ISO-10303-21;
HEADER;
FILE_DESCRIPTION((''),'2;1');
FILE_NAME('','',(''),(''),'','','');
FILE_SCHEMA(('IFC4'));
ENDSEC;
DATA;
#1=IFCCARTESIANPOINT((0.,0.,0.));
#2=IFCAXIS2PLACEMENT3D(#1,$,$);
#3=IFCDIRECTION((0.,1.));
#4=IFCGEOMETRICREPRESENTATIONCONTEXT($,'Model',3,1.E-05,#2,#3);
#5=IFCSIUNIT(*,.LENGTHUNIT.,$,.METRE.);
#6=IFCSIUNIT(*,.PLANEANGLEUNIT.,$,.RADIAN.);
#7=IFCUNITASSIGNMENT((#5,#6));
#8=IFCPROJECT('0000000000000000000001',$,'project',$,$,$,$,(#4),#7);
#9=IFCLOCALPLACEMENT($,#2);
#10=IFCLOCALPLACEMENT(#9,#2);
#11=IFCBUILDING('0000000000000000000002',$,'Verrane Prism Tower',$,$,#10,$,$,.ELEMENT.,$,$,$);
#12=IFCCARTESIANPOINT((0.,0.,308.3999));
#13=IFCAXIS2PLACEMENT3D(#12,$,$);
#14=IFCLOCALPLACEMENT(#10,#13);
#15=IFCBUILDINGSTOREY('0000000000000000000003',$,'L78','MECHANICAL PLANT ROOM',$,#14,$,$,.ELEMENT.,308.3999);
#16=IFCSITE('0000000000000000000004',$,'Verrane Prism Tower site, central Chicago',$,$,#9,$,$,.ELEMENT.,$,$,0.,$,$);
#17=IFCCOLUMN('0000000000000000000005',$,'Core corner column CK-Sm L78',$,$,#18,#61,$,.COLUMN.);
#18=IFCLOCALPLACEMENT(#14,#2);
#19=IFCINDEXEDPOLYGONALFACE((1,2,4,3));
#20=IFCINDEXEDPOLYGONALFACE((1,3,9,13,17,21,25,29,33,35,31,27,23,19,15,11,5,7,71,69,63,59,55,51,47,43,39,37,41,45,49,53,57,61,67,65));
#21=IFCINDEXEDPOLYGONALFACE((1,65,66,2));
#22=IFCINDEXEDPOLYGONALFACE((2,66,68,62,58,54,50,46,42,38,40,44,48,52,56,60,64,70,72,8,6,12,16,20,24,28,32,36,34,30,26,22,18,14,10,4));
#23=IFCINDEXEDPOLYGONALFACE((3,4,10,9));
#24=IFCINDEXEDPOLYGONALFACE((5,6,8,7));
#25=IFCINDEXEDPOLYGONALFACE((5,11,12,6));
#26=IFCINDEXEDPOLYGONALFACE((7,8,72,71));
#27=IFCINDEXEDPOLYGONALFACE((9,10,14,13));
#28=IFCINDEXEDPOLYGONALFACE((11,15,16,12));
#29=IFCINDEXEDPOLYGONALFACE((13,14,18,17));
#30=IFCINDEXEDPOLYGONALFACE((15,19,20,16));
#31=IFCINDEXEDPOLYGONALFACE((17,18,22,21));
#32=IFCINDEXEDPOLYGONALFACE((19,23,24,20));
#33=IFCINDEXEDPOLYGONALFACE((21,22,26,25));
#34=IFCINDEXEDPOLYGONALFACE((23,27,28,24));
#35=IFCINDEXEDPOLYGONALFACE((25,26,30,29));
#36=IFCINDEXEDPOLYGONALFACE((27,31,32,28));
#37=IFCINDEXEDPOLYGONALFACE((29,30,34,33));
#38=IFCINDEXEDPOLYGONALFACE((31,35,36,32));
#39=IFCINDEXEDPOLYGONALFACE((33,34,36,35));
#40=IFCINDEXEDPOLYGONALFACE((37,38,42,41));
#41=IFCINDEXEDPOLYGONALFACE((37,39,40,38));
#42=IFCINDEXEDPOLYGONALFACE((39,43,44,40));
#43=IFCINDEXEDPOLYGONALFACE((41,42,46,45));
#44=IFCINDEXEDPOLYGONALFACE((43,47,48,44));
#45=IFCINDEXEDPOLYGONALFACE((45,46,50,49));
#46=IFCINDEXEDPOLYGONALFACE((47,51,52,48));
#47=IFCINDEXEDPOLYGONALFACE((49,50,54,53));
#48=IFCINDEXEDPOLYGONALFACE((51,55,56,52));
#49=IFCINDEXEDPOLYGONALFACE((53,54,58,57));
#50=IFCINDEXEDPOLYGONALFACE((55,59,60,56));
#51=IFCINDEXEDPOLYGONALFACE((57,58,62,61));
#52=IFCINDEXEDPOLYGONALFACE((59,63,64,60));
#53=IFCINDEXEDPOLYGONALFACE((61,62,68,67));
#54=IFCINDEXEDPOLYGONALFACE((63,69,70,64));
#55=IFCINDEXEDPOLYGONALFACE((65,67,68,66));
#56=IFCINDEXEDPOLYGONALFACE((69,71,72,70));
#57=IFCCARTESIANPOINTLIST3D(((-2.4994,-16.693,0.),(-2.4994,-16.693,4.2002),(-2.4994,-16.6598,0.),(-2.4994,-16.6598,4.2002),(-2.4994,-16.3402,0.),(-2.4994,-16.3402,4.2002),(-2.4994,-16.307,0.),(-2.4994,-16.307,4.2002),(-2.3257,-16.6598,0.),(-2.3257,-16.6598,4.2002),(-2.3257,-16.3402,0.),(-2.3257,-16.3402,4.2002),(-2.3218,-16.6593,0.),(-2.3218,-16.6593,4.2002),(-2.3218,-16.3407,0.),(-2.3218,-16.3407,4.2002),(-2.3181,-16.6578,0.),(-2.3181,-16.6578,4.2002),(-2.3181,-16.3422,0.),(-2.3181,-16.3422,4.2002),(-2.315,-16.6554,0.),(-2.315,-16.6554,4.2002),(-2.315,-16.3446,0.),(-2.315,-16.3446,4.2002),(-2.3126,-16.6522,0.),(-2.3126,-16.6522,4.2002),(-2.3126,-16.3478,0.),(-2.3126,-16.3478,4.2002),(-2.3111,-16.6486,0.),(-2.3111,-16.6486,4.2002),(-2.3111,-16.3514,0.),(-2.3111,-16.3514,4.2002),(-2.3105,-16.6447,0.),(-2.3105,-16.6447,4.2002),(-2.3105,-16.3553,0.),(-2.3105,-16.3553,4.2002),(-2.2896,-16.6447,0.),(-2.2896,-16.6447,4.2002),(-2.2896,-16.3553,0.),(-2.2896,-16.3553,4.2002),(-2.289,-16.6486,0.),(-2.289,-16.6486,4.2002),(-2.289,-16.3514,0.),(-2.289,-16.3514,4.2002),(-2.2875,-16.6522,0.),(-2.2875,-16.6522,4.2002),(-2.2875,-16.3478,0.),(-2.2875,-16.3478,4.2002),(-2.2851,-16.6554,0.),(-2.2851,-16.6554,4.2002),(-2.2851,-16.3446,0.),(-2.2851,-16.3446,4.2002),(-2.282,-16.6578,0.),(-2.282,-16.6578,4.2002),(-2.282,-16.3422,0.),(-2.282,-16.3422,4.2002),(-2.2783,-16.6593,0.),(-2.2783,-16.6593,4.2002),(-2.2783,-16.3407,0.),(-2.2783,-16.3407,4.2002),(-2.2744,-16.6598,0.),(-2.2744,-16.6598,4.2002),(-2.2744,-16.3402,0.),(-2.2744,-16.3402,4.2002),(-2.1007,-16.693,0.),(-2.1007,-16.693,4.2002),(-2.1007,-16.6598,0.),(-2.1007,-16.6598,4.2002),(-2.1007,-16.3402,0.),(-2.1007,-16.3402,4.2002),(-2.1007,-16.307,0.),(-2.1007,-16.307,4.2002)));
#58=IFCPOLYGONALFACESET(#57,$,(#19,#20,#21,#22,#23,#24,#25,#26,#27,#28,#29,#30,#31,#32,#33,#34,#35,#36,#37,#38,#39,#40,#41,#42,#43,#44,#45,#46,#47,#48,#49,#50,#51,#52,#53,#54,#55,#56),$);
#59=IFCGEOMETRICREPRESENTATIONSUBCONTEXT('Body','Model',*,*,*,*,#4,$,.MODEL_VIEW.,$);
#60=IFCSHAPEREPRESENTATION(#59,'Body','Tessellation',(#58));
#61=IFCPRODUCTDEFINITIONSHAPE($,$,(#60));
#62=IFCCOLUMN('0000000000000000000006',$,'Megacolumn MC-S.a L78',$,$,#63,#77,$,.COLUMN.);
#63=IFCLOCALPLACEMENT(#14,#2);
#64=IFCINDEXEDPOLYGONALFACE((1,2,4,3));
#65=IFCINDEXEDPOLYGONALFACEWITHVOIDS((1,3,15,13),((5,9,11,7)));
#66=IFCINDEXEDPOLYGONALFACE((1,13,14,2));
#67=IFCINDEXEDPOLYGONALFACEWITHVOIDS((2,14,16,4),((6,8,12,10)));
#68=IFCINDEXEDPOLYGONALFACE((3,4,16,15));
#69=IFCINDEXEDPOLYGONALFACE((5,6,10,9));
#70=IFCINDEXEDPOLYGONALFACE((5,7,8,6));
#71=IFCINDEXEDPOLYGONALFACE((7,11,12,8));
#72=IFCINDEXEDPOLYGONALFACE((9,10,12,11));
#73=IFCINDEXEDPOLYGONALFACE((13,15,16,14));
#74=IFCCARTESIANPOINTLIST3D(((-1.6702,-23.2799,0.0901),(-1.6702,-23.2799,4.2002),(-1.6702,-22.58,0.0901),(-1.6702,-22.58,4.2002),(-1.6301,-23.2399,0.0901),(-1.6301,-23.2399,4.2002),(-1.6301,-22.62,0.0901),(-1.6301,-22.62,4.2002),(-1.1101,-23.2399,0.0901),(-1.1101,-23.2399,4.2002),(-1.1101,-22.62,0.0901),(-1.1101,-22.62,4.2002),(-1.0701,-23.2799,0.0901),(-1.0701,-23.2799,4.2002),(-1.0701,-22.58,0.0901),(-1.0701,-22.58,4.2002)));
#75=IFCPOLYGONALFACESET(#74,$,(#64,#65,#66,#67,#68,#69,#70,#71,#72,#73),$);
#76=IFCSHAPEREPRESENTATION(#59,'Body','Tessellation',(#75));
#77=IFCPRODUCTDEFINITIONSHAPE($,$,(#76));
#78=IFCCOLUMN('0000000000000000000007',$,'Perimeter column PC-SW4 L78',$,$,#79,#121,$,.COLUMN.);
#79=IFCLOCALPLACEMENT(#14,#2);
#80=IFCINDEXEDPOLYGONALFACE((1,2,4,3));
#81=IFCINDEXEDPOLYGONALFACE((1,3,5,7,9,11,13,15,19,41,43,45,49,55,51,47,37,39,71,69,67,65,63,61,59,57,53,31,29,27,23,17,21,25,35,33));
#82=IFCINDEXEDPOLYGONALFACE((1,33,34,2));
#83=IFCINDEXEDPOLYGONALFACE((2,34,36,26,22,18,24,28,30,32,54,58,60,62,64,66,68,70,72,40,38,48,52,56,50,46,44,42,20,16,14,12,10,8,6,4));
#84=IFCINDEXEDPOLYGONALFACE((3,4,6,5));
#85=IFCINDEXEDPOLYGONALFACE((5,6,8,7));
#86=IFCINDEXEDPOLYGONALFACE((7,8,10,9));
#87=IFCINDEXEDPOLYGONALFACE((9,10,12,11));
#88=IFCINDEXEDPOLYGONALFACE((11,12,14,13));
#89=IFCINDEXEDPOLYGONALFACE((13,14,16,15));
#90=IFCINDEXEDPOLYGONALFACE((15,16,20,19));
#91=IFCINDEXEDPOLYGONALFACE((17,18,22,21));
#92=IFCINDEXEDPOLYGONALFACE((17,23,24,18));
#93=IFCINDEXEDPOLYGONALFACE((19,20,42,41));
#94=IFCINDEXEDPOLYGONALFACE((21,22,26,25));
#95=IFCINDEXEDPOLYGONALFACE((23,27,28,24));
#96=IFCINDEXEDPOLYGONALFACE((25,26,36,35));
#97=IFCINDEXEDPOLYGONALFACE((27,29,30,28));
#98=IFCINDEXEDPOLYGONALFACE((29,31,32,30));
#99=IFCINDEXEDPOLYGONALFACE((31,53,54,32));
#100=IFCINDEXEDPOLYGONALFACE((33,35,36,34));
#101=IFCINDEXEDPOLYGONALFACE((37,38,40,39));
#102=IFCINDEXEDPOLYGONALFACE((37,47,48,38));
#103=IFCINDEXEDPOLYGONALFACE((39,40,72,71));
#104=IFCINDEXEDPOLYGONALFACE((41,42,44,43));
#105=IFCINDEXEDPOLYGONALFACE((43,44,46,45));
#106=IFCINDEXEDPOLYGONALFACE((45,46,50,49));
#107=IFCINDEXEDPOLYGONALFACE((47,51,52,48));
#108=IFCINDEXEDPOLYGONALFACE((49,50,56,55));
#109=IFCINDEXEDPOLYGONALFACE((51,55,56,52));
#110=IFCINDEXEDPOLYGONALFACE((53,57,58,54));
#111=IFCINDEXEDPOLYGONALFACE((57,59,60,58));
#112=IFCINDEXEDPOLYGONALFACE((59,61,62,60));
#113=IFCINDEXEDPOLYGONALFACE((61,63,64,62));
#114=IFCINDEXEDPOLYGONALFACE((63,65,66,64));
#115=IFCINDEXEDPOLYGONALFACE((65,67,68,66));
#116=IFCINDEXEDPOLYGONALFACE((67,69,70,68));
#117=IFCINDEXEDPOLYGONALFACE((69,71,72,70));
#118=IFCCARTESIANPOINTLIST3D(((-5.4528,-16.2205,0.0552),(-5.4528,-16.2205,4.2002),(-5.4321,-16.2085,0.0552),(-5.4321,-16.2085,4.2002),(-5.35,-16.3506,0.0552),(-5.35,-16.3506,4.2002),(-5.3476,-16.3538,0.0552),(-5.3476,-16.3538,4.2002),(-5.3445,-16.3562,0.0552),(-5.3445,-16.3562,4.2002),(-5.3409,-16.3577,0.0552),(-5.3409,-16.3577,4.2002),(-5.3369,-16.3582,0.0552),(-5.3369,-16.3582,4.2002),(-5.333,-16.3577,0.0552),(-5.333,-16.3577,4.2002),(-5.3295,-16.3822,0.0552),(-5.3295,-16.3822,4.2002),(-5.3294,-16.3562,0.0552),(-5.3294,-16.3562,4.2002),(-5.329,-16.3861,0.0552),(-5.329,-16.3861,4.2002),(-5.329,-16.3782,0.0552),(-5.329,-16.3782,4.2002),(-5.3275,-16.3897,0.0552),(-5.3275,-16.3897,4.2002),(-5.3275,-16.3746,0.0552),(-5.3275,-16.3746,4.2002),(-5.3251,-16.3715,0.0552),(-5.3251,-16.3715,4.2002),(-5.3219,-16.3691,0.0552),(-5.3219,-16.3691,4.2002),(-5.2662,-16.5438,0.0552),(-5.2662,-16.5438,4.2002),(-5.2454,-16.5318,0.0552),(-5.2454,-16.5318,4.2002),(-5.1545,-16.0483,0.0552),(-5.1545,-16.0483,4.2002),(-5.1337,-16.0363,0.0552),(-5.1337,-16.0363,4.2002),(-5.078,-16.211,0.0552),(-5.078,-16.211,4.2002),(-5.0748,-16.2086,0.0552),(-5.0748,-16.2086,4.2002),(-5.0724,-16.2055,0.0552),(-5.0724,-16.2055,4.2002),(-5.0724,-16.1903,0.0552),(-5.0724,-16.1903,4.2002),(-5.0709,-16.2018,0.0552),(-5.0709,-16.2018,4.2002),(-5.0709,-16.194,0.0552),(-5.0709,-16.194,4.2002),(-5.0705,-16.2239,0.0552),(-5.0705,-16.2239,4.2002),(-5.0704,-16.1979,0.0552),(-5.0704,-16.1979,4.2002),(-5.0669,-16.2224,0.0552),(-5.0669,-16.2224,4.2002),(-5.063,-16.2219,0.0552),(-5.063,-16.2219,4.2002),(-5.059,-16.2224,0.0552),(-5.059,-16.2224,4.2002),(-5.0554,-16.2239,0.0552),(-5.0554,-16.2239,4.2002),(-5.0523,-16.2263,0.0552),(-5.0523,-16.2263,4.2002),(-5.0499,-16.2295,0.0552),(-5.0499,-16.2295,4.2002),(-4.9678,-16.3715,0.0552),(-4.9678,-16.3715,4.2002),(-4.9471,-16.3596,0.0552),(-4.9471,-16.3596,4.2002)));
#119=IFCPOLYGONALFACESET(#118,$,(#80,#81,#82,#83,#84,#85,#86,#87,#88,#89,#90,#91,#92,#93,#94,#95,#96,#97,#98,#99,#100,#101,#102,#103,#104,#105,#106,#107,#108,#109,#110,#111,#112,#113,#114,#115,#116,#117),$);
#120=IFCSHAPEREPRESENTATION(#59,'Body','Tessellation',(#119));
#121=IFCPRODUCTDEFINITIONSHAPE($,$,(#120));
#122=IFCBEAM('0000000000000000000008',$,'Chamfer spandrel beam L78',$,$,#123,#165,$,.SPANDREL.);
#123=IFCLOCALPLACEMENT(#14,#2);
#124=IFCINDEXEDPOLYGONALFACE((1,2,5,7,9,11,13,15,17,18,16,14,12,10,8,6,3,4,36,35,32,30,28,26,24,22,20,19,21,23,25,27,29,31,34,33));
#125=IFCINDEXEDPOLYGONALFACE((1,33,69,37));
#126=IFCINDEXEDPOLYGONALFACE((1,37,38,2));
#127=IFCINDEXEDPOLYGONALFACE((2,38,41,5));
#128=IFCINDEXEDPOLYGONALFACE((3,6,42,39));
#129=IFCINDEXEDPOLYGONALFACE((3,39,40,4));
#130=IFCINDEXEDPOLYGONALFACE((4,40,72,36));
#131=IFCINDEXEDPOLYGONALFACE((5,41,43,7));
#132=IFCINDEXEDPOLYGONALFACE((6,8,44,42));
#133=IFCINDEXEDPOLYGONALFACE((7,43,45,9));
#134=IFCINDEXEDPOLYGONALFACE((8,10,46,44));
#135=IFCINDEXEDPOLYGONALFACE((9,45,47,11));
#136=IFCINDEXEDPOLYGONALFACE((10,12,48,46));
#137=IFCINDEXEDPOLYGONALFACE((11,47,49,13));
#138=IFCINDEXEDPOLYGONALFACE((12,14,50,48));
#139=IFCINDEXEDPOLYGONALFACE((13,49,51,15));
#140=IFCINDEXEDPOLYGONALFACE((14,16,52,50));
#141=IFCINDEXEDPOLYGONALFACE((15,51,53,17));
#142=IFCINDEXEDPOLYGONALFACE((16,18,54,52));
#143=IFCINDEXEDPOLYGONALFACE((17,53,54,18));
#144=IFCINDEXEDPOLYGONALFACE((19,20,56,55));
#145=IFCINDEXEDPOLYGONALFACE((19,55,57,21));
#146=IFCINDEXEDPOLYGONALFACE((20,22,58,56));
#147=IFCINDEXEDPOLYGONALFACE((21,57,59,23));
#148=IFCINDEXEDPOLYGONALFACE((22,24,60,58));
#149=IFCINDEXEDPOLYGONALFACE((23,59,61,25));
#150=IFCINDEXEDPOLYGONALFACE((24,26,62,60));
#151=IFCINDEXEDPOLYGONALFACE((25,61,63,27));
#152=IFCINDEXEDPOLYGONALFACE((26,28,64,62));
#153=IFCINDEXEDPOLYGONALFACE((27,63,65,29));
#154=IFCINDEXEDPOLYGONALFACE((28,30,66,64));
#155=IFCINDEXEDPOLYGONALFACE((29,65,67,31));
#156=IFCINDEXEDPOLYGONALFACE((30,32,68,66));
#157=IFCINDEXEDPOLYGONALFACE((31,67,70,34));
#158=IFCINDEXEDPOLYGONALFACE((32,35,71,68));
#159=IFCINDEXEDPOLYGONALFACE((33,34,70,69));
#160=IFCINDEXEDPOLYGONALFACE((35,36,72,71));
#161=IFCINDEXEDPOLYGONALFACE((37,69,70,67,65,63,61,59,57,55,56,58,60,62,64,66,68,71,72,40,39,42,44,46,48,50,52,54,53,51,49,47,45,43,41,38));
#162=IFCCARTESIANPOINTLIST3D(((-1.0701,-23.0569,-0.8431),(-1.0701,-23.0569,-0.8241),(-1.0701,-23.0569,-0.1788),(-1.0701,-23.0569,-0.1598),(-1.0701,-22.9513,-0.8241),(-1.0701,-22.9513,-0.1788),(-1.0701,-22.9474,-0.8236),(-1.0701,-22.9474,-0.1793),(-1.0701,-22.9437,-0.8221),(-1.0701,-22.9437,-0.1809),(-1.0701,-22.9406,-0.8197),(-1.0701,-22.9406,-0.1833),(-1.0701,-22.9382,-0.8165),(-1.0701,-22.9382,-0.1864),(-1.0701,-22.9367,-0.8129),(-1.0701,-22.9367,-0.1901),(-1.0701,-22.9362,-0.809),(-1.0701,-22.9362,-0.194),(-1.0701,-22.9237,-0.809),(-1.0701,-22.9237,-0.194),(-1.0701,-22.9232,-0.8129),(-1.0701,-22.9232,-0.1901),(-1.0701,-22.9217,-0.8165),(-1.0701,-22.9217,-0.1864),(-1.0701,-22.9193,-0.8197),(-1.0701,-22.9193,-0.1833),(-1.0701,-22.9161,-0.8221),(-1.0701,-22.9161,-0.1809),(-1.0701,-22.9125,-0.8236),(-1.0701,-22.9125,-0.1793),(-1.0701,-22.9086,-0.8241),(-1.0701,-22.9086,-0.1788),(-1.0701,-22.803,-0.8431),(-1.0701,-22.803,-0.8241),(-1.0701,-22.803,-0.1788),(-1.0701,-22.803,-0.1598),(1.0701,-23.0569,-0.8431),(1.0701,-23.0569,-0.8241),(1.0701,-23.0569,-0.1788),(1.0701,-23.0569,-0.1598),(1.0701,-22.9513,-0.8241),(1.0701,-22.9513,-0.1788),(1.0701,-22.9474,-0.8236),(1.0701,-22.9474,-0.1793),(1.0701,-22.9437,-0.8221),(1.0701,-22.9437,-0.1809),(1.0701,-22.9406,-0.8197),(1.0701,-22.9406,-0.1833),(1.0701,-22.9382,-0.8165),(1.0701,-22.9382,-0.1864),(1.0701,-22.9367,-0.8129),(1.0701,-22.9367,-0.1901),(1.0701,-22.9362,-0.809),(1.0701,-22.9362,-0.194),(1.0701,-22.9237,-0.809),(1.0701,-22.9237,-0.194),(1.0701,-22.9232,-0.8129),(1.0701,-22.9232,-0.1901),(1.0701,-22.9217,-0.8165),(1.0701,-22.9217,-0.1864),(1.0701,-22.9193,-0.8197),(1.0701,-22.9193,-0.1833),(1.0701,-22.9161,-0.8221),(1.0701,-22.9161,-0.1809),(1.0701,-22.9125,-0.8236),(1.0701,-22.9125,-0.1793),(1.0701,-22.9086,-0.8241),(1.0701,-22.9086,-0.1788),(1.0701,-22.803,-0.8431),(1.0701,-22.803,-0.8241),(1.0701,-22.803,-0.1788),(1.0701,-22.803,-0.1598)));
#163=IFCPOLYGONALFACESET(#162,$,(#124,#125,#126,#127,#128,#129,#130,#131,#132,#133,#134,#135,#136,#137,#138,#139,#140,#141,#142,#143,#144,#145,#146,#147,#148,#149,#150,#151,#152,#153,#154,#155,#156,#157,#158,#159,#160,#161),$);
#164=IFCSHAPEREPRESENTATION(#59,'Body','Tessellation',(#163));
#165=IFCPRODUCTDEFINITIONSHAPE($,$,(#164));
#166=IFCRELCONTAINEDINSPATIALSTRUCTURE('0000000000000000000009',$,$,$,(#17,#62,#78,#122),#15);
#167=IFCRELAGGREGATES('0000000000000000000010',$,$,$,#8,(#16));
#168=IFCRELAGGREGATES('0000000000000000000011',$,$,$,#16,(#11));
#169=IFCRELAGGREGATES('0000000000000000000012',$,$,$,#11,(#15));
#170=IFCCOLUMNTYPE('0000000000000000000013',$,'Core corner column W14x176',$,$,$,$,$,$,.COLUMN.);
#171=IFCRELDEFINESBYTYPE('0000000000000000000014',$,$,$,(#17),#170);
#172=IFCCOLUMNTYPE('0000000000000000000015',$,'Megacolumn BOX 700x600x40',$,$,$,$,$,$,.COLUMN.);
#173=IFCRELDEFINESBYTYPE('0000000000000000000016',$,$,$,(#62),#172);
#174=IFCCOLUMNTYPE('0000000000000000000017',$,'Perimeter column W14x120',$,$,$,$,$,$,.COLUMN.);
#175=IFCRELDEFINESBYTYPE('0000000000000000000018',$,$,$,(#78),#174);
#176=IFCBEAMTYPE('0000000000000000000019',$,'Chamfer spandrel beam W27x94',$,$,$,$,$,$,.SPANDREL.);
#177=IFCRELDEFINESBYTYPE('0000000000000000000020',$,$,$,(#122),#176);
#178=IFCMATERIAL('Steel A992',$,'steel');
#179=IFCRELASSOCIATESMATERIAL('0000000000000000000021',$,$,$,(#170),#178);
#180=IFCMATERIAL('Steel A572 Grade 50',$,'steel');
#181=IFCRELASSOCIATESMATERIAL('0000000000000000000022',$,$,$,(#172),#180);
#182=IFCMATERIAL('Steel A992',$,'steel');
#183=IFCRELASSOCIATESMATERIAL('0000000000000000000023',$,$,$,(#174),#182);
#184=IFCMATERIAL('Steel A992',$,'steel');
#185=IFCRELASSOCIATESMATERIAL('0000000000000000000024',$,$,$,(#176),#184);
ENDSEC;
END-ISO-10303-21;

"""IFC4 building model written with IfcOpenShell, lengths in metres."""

from ifc_helpers import new_model, si_unit, direction, frame, origin, origin_2d, place, context, subcontext, project, spatial, hollow_rectangle, i_section, extrude, material, material_profile, profile_set, type_object, element, save


model = new_model("IFC4")

# Units and contexts
model_context = context("Model", 3, precision=1e-05, world=origin(), true_north=direction((0.0, 1.0)))
body_context = subcontext(model_context, "Body", "Model", "MODEL_VIEW")
ifc_project = project(units=[si_unit("LENGTHUNIT", "METRE"), si_unit("PLANEANGLEUNIT", "RADIAN")], contexts=[model_context])

# Site, building, storey
site_placement = place(None, origin())
site = spatial("IfcSite", under=ifc_project, at=site_placement, Name="Verrane Prism Tower site, central Chicago", CompositionType="ELEMENT", RefElevation=0.0)
building_placement = place(site_placement, origin())
building = spatial("IfcBuilding", under=site, at=building_placement, Name="Verrane Prism Tower", CompositionType="ELEMENT")
storey_placement = place(building_placement, frame((0.0, 0.0, 308.3999)))
storey = spatial("IfcBuildingStorey", under=building, at=storey_placement, Name="L78", Description="MECHANICAL PLANT ROOM", CompositionType="ELEMENT", Elevation=308.3999)

# Columns
ifc_material_1 = material(Name="Steel A992", Category="steel")
ifc_material_profile_1 = material_profile(ifc_material_1, i_section(OverallWidth=0.3987, OverallDepth=0.386, WebThickness=0.021, FlangeThickness=0.0332, FilletRadius=0.0151, at=origin_2d()), Name="W14x176")
ifc_profile_set_1 = profile_set([ifc_material_profile_1], Name="Steel A992")
column_type_1 = type_object("IfcColumnType", Name="Core corner column W14x176", PredefinedType="COLUMN", material=ifc_profile_set_1)
column_1_placement = place(storey_placement, frame((-2.3, -16.5, 0.0), z_axis=(0.0, 0.0, 1.0), x_axis=(-1.0, 0.0, 0.0)))
element("IfcColumn", 1, at=column_1_placement, inside=storey, type_object=column_type_1, Name="Core corner column CK-Sm L78", PredefinedType="COLUMN", context=body_context, shape_type="SweptSolid", body=[
    extrude(i_section(OverallWidth=0.3987, OverallDepth=0.386, WebThickness=0.021, FlangeThickness=0.0332, FilletRadius=0.0151, at=origin_2d()), origin(), (0.0, 0.0, 1.0), 4.2002),
])
ifc_material_2 = material(Name="Steel A572 Grade 50", Category="steel")
ifc_material_profile_2 = material_profile(ifc_material_2, hollow_rectangle(XDim=0.6001, YDim=0.7, WallThickness=0.04, at=origin_2d()), Name="BOX 700x600x40")
ifc_profile_set_2 = profile_set([ifc_material_profile_2], Name="Steel A572 Grade 50")
column_type_2 = type_object("IfcColumnType", Name="Megacolumn BOX 700x600x40", PredefinedType="COLUMN", material=ifc_profile_set_2)
column_2_placement = place(storey_placement, frame((-1.3701, -22.9299, 0.0901), z_axis=(0.0, 0.0, 1.0), x_axis=(-1.0, 0.0, 0.0)))
element("IfcColumn", 2, at=column_2_placement, inside=storey, type_object=column_type_2, Name="Megacolumn MC-S.a L78", PredefinedType="COLUMN", context=body_context, shape_type="SweptSolid", body=[
    extrude(hollow_rectangle(XDim=0.6001, YDim=0.7, WallThickness=0.04, at=origin_2d()), origin(), (0.0, 0.0, 1.0), 4.1101),
])
ifc_material_3 = material(Name="Steel A992", Category="steel")
ifc_material_profile_3 = material_profile(ifc_material_3, i_section(OverallWidth=0.3733, OverallDepth=0.3684, WebThickness=0.0149, FlangeThickness=0.0239, FilletRadius=0.0151, at=origin_2d()), Name="W14x120")
ifc_profile_set_3 = profile_set([ifc_material_profile_3], Name="Steel A992")
column_type_3 = type_object("IfcColumnType", Name="Perimeter column W14x120", PredefinedType="COLUMN", material=ifc_profile_set_3)
column_3_placement = place(storey_placement, frame((-5.2, -16.29, 0.0552), z_axis=(0.0, 0.0, 1.0), x_axis=(-0.5, 0.866025, 0.0)))
element("IfcColumn", 3, at=column_3_placement, inside=storey, type_object=column_type_3, Name="Perimeter column PC-SW4 L78", PredefinedType="COLUMN", context=body_context, shape_type="SweptSolid", body=[
    extrude(i_section(OverallWidth=0.3733, OverallDepth=0.3684, WebThickness=0.0149, FlangeThickness=0.0239, FilletRadius=0.0151, at=origin_2d()), origin(), (0.0, 0.0, 1.0), 4.145),
])

# Beam
ifc_material_4 = material(Name="Steel A992", Category="steel")
ifc_material_profile_4 = material_profile(ifc_material_4, i_section(OverallWidth=0.2539, OverallDepth=0.6833, WebThickness=0.0125, FlangeThickness=0.019, FilletRadius=0.0151, at=origin_2d()), Name="W27x94")
ifc_profile_set_4 = profile_set([ifc_material_profile_4], Name="Steel A992")
beam_type_1 = type_object("IfcBeamType", Name="Chamfer spandrel beam W27x94", PredefinedType="SPANDREL", material=ifc_profile_set_4)
beam_1_placement = place(storey_placement, frame((-1.0701, -22.9299, -0.5015), z_axis=(1.0, 0.0, 0.0), x_axis=(0.0, 1.0, 0.0)))
element("IfcBeam", 4, at=beam_1_placement, inside=storey, type_object=beam_type_1, Name="Chamfer spandrel beam L78", PredefinedType="SPANDREL", context=body_context, shape_type="SweptSolid", body=[
    extrude(i_section(OverallWidth=0.2539, OverallDepth=0.6833, WebThickness=0.0125, FlangeThickness=0.019, FilletRadius=0.0151, at=origin_2d()), origin(), (0.0, 0.0, 1.0), 2.1401),
])

save(model, "model.ifc")
